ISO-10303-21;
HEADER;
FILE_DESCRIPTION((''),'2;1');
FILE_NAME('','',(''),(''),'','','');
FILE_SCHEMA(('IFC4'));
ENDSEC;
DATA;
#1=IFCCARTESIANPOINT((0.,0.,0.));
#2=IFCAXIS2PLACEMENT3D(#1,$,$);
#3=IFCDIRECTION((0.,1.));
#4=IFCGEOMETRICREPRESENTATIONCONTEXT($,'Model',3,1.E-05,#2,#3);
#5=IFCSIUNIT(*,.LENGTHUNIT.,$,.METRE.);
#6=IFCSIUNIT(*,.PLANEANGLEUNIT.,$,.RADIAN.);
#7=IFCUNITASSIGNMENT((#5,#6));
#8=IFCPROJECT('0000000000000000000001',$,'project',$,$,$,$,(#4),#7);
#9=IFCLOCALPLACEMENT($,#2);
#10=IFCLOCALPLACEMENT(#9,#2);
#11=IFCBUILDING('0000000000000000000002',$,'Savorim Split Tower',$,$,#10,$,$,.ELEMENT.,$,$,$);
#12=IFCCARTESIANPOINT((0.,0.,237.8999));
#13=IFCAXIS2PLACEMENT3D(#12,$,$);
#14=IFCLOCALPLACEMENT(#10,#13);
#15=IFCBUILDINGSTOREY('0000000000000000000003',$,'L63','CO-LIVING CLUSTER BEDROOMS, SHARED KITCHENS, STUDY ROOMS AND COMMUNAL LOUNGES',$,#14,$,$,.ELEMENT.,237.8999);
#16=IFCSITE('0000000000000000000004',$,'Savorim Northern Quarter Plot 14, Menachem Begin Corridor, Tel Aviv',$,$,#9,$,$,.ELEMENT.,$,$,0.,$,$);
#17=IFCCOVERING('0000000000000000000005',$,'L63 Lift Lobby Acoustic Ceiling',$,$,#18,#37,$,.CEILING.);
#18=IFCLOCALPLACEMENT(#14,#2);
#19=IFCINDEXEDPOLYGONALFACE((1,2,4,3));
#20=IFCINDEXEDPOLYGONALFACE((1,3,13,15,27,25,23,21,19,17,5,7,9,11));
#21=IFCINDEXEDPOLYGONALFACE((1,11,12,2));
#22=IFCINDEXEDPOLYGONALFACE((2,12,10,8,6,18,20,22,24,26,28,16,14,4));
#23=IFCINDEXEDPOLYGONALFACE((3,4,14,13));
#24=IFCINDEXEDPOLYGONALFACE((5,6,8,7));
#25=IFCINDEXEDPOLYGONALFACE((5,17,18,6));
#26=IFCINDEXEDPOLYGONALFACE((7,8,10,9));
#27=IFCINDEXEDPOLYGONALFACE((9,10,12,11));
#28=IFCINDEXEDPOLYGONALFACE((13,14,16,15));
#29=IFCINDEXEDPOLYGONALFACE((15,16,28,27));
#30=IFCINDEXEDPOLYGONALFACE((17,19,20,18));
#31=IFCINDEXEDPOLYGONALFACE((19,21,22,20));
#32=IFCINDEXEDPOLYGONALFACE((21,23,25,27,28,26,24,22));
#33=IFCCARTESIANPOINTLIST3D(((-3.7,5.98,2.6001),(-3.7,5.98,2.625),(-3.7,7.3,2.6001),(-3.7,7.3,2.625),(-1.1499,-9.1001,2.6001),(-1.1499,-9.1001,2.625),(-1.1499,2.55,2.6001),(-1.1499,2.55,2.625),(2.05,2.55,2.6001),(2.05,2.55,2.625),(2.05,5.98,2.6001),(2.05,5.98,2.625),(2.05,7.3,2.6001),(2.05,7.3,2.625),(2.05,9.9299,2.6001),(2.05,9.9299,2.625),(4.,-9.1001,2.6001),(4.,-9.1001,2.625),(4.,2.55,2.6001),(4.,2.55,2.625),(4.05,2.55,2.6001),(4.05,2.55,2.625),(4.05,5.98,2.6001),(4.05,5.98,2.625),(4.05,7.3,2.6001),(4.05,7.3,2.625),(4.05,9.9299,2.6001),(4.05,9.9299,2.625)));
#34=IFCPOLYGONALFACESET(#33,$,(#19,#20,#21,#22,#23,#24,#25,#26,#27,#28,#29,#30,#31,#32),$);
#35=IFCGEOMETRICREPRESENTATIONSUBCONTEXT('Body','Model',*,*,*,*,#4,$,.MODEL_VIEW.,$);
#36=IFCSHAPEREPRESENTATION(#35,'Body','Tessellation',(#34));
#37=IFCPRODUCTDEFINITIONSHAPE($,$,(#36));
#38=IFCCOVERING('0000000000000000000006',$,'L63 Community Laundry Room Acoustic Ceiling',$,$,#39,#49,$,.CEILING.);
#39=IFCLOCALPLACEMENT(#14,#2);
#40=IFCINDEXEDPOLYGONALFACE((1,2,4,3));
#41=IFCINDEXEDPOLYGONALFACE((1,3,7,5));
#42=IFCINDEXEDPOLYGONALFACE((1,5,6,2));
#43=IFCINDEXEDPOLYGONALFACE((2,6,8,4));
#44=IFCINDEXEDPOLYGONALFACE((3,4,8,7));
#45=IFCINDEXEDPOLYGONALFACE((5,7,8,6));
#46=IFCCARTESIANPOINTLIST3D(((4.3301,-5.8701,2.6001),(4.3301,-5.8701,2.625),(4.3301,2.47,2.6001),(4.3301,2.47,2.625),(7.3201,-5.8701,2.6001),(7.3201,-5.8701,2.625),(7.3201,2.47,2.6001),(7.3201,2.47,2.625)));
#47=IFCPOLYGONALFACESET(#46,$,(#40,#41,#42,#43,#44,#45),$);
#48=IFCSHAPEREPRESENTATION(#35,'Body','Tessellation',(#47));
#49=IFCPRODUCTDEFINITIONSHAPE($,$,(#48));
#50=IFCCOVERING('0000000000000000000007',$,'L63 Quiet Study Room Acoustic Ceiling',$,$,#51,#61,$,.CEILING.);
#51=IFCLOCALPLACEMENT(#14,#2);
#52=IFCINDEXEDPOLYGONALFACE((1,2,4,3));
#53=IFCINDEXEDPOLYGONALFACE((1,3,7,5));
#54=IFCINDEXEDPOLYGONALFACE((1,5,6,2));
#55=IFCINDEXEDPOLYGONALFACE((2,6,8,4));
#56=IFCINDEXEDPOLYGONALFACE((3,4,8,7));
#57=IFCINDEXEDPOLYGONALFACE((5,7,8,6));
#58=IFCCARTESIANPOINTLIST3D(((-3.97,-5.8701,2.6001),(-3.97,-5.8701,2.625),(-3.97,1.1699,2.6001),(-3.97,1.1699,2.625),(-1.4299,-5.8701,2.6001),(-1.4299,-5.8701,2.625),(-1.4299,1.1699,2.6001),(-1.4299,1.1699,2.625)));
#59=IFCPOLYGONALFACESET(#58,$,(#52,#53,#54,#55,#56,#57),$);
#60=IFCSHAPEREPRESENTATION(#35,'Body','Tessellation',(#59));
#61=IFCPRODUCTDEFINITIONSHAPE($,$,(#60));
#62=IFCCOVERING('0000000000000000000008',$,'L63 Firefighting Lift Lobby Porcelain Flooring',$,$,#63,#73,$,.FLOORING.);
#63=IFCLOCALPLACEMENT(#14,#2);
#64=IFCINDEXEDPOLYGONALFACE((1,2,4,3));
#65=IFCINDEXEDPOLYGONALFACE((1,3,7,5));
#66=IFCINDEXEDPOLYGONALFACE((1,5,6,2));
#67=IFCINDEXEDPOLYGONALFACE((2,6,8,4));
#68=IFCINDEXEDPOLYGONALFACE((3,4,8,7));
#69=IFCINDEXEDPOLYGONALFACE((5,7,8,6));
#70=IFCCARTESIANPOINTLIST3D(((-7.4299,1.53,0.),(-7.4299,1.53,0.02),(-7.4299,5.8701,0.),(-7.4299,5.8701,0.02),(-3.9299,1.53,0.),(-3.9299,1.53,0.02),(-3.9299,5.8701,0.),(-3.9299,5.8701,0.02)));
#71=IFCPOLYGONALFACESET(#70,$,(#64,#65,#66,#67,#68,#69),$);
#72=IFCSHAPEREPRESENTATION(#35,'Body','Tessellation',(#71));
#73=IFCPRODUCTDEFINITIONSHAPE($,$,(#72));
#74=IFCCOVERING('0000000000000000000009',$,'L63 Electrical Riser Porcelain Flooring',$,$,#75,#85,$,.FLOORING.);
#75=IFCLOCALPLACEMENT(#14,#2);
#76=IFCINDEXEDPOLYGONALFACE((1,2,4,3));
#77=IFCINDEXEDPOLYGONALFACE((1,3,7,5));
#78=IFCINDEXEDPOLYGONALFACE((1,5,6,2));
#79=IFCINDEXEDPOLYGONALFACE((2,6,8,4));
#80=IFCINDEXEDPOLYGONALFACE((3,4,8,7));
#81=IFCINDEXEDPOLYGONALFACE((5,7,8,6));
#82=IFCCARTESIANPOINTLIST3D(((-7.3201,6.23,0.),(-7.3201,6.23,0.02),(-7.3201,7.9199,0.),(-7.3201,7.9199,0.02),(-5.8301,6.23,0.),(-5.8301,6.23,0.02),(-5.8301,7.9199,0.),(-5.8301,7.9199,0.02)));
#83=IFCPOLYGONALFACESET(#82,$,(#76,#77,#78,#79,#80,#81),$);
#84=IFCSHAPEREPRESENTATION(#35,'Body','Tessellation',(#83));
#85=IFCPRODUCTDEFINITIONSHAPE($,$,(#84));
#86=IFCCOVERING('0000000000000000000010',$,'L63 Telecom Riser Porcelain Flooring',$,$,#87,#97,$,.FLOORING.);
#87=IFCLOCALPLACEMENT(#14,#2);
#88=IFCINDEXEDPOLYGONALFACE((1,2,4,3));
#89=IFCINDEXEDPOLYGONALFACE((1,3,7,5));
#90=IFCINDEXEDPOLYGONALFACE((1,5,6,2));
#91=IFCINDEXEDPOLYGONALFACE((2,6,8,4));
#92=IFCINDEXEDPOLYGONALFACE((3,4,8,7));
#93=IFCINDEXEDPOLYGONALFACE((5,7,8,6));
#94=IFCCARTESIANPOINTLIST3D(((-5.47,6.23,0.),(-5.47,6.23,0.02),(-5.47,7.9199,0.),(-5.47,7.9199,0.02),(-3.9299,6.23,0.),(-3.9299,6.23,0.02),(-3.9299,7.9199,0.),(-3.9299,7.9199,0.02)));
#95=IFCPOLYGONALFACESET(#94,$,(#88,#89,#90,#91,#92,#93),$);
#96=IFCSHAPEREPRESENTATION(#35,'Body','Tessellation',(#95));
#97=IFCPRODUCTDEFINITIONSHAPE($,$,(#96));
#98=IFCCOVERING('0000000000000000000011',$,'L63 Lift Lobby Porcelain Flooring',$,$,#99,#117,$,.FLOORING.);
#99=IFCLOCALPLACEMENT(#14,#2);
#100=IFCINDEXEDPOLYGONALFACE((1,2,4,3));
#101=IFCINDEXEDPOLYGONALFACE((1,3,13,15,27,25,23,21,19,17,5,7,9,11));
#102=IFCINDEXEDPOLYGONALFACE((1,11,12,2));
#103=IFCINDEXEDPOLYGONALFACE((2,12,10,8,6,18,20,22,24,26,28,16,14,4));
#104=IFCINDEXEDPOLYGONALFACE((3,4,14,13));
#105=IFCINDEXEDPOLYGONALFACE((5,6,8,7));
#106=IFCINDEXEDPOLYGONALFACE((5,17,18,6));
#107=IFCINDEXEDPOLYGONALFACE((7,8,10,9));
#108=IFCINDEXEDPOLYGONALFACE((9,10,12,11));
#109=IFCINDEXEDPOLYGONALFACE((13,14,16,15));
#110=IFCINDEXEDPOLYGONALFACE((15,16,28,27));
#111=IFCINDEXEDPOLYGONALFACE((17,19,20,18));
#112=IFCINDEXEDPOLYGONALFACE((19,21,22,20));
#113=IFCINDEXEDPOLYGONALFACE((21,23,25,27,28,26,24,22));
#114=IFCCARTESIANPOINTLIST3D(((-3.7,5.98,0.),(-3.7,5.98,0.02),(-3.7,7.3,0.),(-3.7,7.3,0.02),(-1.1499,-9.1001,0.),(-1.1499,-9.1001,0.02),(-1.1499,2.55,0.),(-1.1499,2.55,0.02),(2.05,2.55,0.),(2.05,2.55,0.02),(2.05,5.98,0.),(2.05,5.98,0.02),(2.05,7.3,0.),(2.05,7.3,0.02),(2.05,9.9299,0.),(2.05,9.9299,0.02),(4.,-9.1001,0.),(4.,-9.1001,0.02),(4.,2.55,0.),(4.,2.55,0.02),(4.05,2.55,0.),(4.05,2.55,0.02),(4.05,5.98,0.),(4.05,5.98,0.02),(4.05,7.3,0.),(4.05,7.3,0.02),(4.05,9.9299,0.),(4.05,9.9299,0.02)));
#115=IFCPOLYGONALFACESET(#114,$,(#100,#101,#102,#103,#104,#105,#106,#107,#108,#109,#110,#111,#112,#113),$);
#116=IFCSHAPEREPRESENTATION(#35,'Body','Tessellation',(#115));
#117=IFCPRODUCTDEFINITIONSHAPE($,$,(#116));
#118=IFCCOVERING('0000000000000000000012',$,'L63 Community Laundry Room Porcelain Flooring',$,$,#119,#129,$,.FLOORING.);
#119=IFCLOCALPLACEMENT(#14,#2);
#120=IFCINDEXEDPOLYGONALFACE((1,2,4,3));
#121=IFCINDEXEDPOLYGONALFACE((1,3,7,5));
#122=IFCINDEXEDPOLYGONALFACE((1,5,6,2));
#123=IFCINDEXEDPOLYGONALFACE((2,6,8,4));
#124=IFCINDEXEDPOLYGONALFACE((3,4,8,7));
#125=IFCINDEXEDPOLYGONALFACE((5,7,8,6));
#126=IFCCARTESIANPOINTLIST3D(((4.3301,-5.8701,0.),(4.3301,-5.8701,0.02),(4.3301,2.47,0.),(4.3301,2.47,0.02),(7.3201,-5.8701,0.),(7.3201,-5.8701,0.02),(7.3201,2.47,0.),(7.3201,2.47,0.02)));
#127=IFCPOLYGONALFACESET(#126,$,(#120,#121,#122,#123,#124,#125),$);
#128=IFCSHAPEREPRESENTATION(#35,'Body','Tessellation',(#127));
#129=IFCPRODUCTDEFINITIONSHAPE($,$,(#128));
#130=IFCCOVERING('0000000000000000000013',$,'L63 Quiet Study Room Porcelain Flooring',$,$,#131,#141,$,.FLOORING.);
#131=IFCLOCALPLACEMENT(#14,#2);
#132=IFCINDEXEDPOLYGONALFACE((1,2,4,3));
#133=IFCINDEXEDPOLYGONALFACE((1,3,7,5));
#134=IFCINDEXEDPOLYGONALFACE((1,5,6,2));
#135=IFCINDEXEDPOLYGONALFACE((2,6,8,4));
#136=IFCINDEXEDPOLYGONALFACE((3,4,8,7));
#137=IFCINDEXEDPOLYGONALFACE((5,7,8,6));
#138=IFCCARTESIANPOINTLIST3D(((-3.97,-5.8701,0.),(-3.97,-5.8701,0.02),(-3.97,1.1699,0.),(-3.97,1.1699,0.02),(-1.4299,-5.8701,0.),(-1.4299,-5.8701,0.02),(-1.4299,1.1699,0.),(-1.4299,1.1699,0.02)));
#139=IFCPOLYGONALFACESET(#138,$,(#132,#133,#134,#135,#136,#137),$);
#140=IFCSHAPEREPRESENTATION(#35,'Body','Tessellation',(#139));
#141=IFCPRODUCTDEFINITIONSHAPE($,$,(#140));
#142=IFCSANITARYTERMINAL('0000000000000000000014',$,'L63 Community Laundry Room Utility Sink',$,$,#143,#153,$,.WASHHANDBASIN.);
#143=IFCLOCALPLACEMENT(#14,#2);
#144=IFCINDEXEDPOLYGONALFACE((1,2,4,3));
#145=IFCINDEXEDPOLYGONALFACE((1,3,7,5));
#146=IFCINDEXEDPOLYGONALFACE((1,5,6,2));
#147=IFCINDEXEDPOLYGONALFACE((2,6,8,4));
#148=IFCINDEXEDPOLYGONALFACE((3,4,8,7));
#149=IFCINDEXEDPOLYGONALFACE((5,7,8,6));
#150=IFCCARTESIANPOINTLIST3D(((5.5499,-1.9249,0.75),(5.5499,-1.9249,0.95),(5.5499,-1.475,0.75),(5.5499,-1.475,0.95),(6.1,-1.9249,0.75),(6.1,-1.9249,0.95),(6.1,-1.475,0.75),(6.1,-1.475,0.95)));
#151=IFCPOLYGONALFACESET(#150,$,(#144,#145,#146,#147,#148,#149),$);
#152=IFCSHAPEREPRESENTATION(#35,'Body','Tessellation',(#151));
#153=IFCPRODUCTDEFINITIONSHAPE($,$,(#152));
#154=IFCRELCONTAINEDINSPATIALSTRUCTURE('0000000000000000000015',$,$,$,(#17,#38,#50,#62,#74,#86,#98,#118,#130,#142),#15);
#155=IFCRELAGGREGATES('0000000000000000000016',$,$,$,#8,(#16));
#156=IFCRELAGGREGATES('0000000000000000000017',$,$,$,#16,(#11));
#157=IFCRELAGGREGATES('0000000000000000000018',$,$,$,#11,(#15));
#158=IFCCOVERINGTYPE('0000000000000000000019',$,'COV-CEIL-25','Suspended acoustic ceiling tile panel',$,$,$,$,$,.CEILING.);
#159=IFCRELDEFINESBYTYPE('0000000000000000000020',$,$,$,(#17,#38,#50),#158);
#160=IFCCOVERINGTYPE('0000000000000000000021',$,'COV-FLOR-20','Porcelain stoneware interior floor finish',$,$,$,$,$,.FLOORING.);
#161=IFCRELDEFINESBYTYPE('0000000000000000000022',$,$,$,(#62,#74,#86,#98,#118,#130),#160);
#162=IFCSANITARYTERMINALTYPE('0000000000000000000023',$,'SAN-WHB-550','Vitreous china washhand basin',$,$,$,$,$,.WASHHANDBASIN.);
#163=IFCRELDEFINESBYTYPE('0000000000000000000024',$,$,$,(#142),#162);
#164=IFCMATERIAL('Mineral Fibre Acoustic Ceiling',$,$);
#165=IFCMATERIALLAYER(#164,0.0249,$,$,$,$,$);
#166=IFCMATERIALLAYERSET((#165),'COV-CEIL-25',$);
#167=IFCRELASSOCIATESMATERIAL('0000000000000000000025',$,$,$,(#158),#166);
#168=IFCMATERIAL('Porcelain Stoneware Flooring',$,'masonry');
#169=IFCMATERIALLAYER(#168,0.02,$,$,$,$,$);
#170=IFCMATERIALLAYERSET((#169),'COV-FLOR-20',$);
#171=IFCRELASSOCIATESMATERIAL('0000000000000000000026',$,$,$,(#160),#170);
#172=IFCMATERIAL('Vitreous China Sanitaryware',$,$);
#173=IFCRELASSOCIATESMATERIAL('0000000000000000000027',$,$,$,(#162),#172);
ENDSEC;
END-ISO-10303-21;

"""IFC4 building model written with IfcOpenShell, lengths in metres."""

from ifc_helpers import new_model, si_unit, direction, frame, origin, origin_2d, place, context, subcontext, project, spatial, polyline, rectangle, outline, extrude, material, layer, layer_set, type_object, element, save


model = new_model("IFC4")

# Units and contexts
model_context = context("Model", 3, precision=1e-05, world=origin(), true_north=direction((0.0, 1.0)))
body_context = subcontext(model_context, "Body", "Model", "MODEL_VIEW")
ifc_project = project(units=[si_unit("LENGTHUNIT", "METRE"), si_unit("PLANEANGLEUNIT", "RADIAN")], contexts=[model_context])

# Site, building, storey
site_placement = place(None, origin())
site = spatial("IfcSite", under=ifc_project, at=site_placement, Name="Savorim Northern Quarter Plot 14, Menachem Begin Corridor, Tel Aviv", CompositionType="ELEMENT", RefElevation=0.0)
building_placement = place(site_placement, origin())
building = spatial("IfcBuilding", under=site, at=building_placement, Name="Savorim Split Tower", CompositionType="ELEMENT")
storey_placement = place(building_placement, frame((0.0, 0.0, 237.8999)))
storey = spatial("IfcBuildingStorey", under=building, at=storey_placement, Name="L63", Description="CO-LIVING CLUSTER BEDROOMS, SHARED KITCHENS, STUDY ROOMS AND COMMUNAL LOUNGES", CompositionType="ELEMENT", Elevation=237.8999)

# Coverings
ifc_material_1 = material(Name="Mineral Fibre Acoustic Ceiling")
ifc_layer_1 = layer(ifc_material_1, 0.0249)
ifc_layer_set_1 = layer_set([ifc_layer_1], Name="COV-CEIL-25")
covering_type_1 = type_object("IfcCoveringType", Name="COV-CEIL-25", Description="Suspended acoustic ceiling tile panel", PredefinedType="CEILING", material=ifc_layer_set_1)
covering_1_placement = place(storey_placement, frame((0.0, 0.0, 2.6001)))
element("IfcCovering", 1, at=covering_1_placement, inside=storey, type_object=covering_type_1, Name="L63 Lift Lobby Acoustic Ceiling", PredefinedType="CEILING", context=body_context, shape_type="SweptSolid", body=[
    extrude(outline(polyline([(2.05, 2.55), (-1.1499, 2.55), (-1.1499, -9.1001), (4.0, -9.1001), (4.0, 2.55), (4.05, 2.55), (4.05, 5.98), (4.05, 7.3), (4.05, 9.9299), (2.05, 9.9299), (2.05, 7.3), (-3.7, 7.3), (-3.7, 5.98), (2.05, 5.98), (2.05, 2.55)])), origin(), (0.0, 0.0, 1.0), 0.0249),
])
covering_2_placement = place(storey_placement, frame((0.0, 0.0, 2.6001)))
element("IfcCovering", 2, at=covering_2_placement, inside=storey, type_object=covering_type_1, Name="L63 Community Laundry Room Acoustic Ceiling", PredefinedType="CEILING", context=body_context, shape_type="SweptSolid", body=[
    extrude(outline(polyline([(4.3301, 2.47), (4.3301, -5.8701), (7.3201, -5.8701), (7.3201, 2.47), (4.3301, 2.47)])), origin(), (0.0, 0.0, 1.0), 0.0249),
])
covering_3_placement = place(storey_placement, frame((0.0, 0.0, 2.6001)))
element("IfcCovering", 3, at=covering_3_placement, inside=storey, type_object=covering_type_1, Name="L63 Quiet Study Room Acoustic Ceiling", PredefinedType="CEILING", context=body_context, shape_type="SweptSolid", body=[
    extrude(outline(polyline([(-3.97, 1.1699), (-3.97, -5.8701), (-1.4299, -5.8701), (-1.4299, 1.1699), (-3.97, 1.1699)])), origin(), (0.0, 0.0, 1.0), 0.0249),
])
ifc_material_2 = material(Name="Porcelain Stoneware Flooring", Category="masonry")
ifc_layer_2 = layer(ifc_material_2, 0.02)
ifc_layer_set_2 = layer_set([ifc_layer_2], Name="COV-FLOR-20")
covering_type_2 = type_object("IfcCoveringType", Name="COV-FLOR-20", Description="Porcelain stoneware interior floor finish", PredefinedType="FLOORING", material=ifc_layer_set_2)
covering_4_placement = place(storey_placement, origin())
element("IfcCovering", 4, at=covering_4_placement, inside=storey, type_object=covering_type_2, Name="L63 Firefighting Lift Lobby Porcelain Flooring", PredefinedType="FLOORING", context=body_context, shape_type="SweptSolid", body=[
    extrude(outline(polyline([(-7.4299, 5.8701), (-7.4299, 1.53), (-3.9299, 1.53), (-3.9299, 5.8701), (-7.4299, 5.8701)])), origin(), (0.0, 0.0, 1.0), 0.02),
])
covering_5_placement = place(storey_placement, origin())
element("IfcCovering", 5, at=covering_5_placement, inside=storey, type_object=covering_type_2, Name="L63 Electrical Riser Porcelain Flooring", PredefinedType="FLOORING", context=body_context, shape_type="SweptSolid", body=[
    extrude(outline(polyline([(-7.3201, 7.9199), (-7.3201, 6.23), (-5.8301, 6.23), (-5.8301, 7.9199), (-7.3201, 7.9199)])), origin(), (0.0, 0.0, 1.0), 0.02),
])
covering_6_placement = place(storey_placement, origin())
element("IfcCovering", 6, at=covering_6_placement, inside=storey, type_object=covering_type_2, Name="L63 Telecom Riser Porcelain Flooring", PredefinedType="FLOORING", context=body_context, shape_type="SweptSolid", body=[
    extrude(outline(polyline([(-5.47, 7.9199), (-5.47, 6.23), (-3.9299, 6.23), (-3.9299, 7.9199), (-5.47, 7.9199)])), origin(), (0.0, 0.0, 1.0), 0.02),
])
covering_7_placement = place(storey_placement, origin())
element("IfcCovering", 7, at=covering_7_placement, inside=storey, type_object=covering_type_2, Name="L63 Lift Lobby Porcelain Flooring", PredefinedType="FLOORING", context=body_context, shape_type="SweptSolid", body=[
    extrude(outline(polyline([(2.05, 2.55), (-1.1499, 2.55), (-1.1499, -9.1001), (4.0, -9.1001), (4.0, 2.55), (4.05, 2.55), (4.05, 5.98), (4.05, 7.3), (4.05, 9.9299), (2.05, 9.9299), (2.05, 7.3), (-3.7, 7.3), (-3.7, 5.98), (2.05, 5.98), (2.05, 2.55)])), origin(), (0.0, 0.0, 1.0), 0.02),
])
covering_8_placement = place(storey_placement, origin())
element("IfcCovering", 8, at=covering_8_placement, inside=storey, type_object=covering_type_2, Name="L63 Community Laundry Room Porcelain Flooring", PredefinedType="FLOORING", context=body_context, shape_type="SweptSolid", body=[
    extrude(outline(polyline([(4.3301, 2.47), (4.3301, -5.8701), (7.3201, -5.8701), (7.3201, 2.47), (4.3301, 2.47)])), origin(), (0.0, 0.0, 1.0), 0.02),
])
covering_9_placement = place(storey_placement, origin())
element("IfcCovering", 9, at=covering_9_placement, inside=storey, type_object=covering_type_2, Name="L63 Quiet Study Room Porcelain Flooring", PredefinedType="FLOORING", context=body_context, shape_type="SweptSolid", body=[
    extrude(outline(polyline([(-3.97, 1.1699), (-3.97, -5.8701), (-1.4299, -5.8701), (-1.4299, 1.1699), (-3.97, 1.1699)])), origin(), (0.0, 0.0, 1.0), 0.02),
])

# Sanitary terminal
ifc_material_3 = material(Name="Vitreous China Sanitaryware")
sanitary_terminal_type = type_object("IfcSanitaryTerminalType", Name="SAN-WHB-550", Description="Vitreous china washhand basin", PredefinedType="WASHHANDBASIN", material=ifc_material_3)
sanitary_terminal_placement = place(storey_placement, frame((5.825, -1.7, 0.75), z_axis=(0.0, 0.0, 1.0), x_axis=(1.0, 0.0, 0.0)))
element("IfcSanitaryTerminal", 10, at=sanitary_terminal_placement, inside=storey, type_object=sanitary_terminal_type, Name="L63 Community Laundry Room Utility Sink", PredefinedType="WASHHANDBASIN", context=body_context, shape_type="SweptSolid", body=[
    extrude(rectangle(XDim=0.55, YDim=0.45, at=origin_2d()), origin(), (0.0, 0.0, 1.0), 0.2),
])

save(model, "model.ifc")
